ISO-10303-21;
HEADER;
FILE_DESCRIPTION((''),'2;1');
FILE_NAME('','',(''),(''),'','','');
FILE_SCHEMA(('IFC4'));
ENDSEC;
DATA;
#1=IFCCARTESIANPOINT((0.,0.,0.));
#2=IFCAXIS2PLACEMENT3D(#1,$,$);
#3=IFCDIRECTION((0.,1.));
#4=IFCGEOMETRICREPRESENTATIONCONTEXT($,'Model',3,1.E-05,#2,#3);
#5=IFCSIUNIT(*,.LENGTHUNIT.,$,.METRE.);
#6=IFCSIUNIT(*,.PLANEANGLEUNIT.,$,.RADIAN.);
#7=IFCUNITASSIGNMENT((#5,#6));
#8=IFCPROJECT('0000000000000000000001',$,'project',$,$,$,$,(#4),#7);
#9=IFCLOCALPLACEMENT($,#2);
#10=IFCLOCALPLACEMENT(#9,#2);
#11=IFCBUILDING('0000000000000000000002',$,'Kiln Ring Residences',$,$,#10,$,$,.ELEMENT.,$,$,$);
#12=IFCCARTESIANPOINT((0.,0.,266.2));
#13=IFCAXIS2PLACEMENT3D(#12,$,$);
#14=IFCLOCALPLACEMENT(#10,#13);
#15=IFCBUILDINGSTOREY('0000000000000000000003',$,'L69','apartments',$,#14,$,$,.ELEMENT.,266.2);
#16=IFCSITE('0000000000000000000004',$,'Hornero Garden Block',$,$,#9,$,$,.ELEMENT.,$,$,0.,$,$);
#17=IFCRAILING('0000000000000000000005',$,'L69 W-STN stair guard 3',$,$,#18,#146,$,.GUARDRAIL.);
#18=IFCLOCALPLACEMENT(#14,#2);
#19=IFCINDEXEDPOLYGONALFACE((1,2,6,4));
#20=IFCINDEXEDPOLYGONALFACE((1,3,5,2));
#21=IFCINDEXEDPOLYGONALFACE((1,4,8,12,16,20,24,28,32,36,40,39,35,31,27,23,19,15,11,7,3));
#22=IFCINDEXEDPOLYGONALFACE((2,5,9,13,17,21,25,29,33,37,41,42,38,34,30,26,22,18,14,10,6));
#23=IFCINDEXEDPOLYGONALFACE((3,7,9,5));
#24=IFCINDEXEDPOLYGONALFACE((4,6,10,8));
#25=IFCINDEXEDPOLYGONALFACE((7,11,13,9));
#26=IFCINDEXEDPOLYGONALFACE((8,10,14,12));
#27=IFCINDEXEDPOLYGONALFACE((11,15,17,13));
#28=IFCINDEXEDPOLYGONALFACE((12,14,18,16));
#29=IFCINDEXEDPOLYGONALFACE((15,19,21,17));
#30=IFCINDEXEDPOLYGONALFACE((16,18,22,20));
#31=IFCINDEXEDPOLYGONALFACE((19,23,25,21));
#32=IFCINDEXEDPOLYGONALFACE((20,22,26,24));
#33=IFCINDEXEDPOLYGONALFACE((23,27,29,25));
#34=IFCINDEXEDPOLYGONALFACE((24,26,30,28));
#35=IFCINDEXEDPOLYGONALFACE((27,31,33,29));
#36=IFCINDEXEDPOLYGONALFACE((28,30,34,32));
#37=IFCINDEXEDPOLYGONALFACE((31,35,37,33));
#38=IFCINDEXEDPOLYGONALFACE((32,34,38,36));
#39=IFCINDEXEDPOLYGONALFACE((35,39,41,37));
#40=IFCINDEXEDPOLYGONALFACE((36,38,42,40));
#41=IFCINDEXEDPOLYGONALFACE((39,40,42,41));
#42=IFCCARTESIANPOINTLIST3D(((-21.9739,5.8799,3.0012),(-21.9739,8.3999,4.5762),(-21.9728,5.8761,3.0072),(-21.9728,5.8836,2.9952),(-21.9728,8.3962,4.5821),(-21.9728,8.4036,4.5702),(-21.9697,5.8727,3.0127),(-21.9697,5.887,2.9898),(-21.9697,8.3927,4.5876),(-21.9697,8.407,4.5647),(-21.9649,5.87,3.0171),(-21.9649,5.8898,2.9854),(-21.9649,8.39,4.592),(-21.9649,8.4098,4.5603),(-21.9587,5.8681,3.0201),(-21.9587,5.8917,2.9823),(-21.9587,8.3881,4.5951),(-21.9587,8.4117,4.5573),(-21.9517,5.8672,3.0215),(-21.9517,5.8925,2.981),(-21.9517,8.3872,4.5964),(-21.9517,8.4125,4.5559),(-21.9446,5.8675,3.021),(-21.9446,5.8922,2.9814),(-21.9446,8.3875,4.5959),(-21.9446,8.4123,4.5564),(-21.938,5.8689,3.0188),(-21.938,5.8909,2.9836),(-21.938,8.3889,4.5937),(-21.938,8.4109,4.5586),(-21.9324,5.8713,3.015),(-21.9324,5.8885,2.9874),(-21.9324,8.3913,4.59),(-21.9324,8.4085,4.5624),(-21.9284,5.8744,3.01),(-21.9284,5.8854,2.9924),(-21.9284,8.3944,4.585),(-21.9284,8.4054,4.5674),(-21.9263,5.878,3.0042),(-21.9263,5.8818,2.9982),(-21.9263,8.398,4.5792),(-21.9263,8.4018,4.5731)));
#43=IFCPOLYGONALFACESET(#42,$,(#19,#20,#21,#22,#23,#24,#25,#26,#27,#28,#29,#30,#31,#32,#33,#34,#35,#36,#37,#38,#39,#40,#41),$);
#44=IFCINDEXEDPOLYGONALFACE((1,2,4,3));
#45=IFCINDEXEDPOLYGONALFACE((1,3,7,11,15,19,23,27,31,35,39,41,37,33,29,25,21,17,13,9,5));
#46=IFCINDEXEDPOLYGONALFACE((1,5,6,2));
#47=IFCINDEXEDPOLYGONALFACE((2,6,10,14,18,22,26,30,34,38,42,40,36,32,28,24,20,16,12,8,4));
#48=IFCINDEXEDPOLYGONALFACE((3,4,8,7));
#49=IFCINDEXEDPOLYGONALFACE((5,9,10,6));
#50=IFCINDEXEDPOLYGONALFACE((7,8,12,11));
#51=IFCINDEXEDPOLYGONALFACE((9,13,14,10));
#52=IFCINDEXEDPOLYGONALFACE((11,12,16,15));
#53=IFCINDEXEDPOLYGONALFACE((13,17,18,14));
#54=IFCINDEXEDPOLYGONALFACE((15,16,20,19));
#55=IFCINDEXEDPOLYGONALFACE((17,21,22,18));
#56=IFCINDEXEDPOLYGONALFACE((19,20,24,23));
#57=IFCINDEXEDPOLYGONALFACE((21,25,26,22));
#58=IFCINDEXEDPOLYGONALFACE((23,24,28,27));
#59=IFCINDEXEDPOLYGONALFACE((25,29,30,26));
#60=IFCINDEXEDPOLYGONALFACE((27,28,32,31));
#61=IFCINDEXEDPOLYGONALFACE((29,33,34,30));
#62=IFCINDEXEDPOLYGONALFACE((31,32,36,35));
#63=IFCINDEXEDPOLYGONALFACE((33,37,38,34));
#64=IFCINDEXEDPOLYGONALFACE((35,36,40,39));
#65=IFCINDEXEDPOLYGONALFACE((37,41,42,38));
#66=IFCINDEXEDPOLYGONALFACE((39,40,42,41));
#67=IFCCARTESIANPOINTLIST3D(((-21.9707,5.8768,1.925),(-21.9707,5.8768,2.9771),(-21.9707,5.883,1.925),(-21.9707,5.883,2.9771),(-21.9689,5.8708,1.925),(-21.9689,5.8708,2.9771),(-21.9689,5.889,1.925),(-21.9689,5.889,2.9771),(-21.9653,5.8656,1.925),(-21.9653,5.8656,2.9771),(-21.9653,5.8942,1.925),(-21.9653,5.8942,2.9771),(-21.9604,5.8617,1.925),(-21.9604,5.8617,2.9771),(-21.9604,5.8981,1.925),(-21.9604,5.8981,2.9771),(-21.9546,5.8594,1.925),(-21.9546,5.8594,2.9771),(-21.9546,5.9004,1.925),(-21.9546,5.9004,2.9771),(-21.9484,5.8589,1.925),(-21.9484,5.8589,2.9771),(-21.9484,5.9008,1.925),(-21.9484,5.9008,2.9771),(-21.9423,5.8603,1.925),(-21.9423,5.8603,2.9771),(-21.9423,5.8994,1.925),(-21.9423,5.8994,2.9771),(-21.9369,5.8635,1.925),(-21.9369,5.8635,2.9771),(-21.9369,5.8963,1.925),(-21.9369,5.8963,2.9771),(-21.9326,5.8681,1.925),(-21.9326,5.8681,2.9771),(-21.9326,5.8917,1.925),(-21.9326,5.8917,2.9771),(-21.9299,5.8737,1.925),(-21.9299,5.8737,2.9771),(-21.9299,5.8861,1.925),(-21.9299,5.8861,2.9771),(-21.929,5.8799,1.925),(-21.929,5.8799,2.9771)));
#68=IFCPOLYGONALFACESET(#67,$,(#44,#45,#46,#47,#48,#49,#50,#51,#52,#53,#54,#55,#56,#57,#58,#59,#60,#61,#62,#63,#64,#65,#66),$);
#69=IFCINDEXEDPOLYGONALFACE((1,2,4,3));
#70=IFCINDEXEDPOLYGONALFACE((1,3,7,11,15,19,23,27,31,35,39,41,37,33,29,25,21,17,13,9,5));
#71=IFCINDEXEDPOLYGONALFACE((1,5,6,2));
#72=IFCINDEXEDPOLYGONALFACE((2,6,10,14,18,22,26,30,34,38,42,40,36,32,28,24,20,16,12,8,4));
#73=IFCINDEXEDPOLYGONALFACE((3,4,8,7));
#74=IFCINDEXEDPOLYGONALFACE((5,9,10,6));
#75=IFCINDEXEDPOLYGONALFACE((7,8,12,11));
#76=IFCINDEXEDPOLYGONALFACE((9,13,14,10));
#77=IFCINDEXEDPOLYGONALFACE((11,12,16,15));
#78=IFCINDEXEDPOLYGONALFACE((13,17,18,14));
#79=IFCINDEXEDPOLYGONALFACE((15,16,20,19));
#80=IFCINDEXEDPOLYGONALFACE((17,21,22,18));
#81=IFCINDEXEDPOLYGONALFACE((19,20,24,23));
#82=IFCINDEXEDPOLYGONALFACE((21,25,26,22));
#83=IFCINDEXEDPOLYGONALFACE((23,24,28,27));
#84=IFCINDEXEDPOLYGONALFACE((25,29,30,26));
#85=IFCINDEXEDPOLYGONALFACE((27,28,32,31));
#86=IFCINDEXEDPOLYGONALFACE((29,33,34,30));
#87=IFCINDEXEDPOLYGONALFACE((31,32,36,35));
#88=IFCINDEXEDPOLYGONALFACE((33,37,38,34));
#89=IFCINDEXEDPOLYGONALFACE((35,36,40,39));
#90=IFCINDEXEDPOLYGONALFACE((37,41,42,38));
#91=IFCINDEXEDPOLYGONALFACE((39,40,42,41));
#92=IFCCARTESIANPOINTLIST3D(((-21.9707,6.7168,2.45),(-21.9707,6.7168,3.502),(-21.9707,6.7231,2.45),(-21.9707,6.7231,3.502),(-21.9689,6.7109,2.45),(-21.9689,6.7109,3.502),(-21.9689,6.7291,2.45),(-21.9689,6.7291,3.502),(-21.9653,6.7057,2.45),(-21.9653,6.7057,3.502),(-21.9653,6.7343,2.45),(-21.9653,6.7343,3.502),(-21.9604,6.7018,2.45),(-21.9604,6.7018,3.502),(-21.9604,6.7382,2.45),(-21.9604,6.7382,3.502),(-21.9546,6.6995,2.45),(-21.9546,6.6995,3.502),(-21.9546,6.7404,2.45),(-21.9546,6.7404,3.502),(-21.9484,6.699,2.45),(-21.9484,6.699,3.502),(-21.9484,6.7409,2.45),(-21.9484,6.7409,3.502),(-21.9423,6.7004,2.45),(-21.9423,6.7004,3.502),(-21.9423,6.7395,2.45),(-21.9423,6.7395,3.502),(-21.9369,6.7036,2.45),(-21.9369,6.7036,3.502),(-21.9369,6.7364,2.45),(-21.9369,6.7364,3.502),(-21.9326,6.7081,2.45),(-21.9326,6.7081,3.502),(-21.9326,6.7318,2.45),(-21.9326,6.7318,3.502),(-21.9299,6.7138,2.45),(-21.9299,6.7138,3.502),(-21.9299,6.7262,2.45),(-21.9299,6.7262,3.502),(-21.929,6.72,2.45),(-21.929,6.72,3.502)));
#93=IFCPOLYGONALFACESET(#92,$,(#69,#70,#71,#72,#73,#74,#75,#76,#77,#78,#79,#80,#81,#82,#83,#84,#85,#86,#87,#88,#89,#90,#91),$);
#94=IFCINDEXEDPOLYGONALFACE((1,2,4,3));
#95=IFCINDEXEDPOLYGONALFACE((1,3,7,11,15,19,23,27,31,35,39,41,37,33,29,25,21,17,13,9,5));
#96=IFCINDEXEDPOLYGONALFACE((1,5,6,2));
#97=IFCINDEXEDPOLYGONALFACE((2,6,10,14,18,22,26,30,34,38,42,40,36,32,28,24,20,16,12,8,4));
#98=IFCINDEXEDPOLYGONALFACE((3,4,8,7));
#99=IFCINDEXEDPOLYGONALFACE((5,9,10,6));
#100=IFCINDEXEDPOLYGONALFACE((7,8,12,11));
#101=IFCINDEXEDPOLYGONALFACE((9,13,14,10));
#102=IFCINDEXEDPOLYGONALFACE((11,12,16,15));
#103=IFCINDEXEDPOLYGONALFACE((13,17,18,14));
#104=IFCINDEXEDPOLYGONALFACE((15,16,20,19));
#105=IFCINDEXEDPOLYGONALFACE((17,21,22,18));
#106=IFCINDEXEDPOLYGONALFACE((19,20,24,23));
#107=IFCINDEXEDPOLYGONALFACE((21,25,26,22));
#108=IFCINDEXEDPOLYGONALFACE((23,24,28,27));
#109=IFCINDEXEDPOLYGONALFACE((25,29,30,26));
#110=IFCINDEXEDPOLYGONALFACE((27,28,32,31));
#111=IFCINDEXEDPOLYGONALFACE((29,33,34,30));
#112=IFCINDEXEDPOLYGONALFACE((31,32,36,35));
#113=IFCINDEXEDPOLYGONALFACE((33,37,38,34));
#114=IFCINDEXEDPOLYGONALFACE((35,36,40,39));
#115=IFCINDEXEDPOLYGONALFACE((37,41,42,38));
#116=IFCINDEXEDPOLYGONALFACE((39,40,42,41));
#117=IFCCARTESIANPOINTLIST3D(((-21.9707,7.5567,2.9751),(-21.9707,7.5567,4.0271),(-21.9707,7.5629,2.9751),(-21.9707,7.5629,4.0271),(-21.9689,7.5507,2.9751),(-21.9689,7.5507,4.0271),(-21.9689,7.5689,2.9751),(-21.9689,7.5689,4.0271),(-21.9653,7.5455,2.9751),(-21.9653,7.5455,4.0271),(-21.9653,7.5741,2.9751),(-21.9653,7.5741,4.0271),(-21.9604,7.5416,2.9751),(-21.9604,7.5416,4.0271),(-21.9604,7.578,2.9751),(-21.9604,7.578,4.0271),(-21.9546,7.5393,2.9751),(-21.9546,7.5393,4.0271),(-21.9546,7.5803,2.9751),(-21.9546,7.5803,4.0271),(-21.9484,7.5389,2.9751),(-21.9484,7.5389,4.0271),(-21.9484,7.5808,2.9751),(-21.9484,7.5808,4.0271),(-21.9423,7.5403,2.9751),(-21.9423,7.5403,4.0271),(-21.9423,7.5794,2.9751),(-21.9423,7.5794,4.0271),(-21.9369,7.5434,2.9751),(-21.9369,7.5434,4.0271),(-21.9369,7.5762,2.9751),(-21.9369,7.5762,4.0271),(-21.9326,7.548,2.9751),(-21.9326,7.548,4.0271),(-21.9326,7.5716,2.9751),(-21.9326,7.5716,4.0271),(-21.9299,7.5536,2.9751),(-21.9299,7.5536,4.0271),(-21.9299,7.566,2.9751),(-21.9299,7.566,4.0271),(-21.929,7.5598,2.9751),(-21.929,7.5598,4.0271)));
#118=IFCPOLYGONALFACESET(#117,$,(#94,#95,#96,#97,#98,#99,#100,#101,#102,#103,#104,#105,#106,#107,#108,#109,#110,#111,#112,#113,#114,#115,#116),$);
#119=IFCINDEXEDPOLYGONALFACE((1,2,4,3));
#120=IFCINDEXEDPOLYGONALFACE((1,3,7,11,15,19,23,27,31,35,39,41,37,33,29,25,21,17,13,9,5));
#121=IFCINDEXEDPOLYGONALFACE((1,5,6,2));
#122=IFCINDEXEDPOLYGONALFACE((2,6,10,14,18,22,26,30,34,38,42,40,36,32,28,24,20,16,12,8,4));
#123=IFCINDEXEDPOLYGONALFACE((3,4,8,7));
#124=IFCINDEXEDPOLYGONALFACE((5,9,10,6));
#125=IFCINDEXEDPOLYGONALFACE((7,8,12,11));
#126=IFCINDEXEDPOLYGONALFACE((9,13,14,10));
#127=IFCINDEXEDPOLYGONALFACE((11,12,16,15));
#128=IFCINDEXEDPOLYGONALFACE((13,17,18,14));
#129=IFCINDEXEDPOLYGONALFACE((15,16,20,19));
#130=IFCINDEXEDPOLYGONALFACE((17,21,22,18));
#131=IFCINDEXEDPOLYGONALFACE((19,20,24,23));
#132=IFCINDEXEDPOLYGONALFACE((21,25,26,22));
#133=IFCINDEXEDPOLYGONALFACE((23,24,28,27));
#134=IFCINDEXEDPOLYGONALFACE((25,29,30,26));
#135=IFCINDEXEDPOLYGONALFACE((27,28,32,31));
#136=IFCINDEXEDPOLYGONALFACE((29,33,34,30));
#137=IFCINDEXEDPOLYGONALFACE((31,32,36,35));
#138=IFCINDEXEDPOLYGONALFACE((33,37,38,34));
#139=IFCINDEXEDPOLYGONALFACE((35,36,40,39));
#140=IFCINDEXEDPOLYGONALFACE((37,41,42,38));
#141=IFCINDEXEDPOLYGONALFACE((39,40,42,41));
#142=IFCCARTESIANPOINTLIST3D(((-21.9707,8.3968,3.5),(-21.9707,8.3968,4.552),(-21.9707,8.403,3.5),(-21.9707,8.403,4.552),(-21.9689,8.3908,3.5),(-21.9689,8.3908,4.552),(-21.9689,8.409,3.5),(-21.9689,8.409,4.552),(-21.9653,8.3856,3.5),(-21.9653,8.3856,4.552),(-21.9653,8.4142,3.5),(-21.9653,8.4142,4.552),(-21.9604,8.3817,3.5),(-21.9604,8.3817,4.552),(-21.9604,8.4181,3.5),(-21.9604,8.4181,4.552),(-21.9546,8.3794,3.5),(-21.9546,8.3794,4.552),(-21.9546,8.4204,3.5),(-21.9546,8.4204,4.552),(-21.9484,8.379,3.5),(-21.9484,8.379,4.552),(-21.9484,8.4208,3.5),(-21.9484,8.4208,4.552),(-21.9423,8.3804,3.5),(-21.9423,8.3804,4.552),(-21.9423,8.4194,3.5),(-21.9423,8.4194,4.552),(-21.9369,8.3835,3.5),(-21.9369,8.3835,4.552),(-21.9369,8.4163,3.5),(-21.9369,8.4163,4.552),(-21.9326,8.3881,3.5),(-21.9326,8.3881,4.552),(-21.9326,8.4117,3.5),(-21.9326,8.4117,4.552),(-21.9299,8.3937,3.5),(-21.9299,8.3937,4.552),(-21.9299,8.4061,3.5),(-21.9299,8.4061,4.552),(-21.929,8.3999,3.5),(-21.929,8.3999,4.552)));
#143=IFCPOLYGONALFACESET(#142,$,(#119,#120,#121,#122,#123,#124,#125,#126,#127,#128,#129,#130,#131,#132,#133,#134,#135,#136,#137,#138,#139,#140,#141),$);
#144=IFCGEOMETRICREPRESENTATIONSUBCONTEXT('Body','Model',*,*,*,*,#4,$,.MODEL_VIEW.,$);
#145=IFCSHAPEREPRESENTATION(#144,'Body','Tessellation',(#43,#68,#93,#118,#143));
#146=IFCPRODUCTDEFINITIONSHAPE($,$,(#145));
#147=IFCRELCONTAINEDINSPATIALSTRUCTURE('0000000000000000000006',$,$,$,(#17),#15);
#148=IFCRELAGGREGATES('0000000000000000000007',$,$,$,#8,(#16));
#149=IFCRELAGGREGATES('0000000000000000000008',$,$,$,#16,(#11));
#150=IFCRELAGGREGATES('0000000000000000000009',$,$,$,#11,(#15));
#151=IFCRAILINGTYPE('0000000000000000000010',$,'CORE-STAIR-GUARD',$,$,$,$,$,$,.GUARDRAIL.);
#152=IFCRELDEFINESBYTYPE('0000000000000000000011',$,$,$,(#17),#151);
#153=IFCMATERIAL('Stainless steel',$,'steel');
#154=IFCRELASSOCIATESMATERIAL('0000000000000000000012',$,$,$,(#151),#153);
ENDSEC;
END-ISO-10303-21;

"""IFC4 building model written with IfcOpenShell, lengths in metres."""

from ifc_helpers import new_model, si_unit, direction, frame, origin, origin_2d, place, context, subcontext, project, spatial, circle, extrude, material, type_object, element, save


model = new_model("IFC4")

# Units and contexts
model_context = context("Model", 3, precision=1e-05, world=origin(), true_north=direction((0.0, 1.0)))
body_context = subcontext(model_context, "Body", "Model", "MODEL_VIEW")
ifc_project = project(units=[si_unit("LENGTHUNIT", "METRE"), si_unit("PLANEANGLEUNIT", "RADIAN")], contexts=[model_context])

# Site, building, storey
site_placement = place(None, origin())
site = spatial("IfcSite", under=ifc_project, at=site_placement, Name="Hornero Garden Block", CompositionType="ELEMENT", RefElevation=0.0)
building_placement = place(site_placement, origin())
building = spatial("IfcBuilding", under=site, at=building_placement, Name="Kiln Ring Residences", CompositionType="ELEMENT")
storey_placement = place(building_placement, frame((0.0, 0.0, 266.2)))
storey = spatial("IfcBuildingStorey", under=building, at=storey_placement, Name="L69", Description="apartments", CompositionType="ELEMENT", Elevation=266.2)

# Railing
ifc_material_1 = material(Name="Stainless steel", Category="steel")
railing_type_1 = type_object("IfcRailingType", Name="CORE-STAIR-GUARD", PredefinedType="GUARDRAIL", material=ifc_material_1)
railing_1_placement = place(storey_placement, frame((-21.95, 5.8799, 1.925)))
element("IfcRailing", 1, at=railing_1_placement, inside=storey, type_object=railing_type_1, Name="L69 W-STN stair guard 3", PredefinedType="GUARDRAIL", context=body_context, shape_type="SweptSolid", body=[
    extrude(circle(Radius=0.0239, at=origin_2d()), frame((0.0, 0.0, 1.0762), z_axis=(0.0, 0.848008, 0.529984), x_axis=(-1.0, 0.0, 0.0)), (0.0, 0.0, 1.0), 2.9717),
    extrude(circle(Radius=0.021, at=origin_2d()), origin(), (0.0, 0.0, 1.0), 1.052),
    extrude(circle(Radius=0.021, at=origin_2d()), frame((0.0, 0.8401, 0.5249)), (0.0, 0.0, 1.0), 1.052),
    extrude(circle(Radius=0.021, at=origin_2d()), frame((0.0, 1.6799, 1.05)), (0.0, 0.0, 1.0), 1.052),
    extrude(circle(Radius=0.021, at=origin_2d()), frame((0.0, 2.52, 1.575)), (0.0, 0.0, 1.0), 1.052),
])

save(model, "model.ifc")
